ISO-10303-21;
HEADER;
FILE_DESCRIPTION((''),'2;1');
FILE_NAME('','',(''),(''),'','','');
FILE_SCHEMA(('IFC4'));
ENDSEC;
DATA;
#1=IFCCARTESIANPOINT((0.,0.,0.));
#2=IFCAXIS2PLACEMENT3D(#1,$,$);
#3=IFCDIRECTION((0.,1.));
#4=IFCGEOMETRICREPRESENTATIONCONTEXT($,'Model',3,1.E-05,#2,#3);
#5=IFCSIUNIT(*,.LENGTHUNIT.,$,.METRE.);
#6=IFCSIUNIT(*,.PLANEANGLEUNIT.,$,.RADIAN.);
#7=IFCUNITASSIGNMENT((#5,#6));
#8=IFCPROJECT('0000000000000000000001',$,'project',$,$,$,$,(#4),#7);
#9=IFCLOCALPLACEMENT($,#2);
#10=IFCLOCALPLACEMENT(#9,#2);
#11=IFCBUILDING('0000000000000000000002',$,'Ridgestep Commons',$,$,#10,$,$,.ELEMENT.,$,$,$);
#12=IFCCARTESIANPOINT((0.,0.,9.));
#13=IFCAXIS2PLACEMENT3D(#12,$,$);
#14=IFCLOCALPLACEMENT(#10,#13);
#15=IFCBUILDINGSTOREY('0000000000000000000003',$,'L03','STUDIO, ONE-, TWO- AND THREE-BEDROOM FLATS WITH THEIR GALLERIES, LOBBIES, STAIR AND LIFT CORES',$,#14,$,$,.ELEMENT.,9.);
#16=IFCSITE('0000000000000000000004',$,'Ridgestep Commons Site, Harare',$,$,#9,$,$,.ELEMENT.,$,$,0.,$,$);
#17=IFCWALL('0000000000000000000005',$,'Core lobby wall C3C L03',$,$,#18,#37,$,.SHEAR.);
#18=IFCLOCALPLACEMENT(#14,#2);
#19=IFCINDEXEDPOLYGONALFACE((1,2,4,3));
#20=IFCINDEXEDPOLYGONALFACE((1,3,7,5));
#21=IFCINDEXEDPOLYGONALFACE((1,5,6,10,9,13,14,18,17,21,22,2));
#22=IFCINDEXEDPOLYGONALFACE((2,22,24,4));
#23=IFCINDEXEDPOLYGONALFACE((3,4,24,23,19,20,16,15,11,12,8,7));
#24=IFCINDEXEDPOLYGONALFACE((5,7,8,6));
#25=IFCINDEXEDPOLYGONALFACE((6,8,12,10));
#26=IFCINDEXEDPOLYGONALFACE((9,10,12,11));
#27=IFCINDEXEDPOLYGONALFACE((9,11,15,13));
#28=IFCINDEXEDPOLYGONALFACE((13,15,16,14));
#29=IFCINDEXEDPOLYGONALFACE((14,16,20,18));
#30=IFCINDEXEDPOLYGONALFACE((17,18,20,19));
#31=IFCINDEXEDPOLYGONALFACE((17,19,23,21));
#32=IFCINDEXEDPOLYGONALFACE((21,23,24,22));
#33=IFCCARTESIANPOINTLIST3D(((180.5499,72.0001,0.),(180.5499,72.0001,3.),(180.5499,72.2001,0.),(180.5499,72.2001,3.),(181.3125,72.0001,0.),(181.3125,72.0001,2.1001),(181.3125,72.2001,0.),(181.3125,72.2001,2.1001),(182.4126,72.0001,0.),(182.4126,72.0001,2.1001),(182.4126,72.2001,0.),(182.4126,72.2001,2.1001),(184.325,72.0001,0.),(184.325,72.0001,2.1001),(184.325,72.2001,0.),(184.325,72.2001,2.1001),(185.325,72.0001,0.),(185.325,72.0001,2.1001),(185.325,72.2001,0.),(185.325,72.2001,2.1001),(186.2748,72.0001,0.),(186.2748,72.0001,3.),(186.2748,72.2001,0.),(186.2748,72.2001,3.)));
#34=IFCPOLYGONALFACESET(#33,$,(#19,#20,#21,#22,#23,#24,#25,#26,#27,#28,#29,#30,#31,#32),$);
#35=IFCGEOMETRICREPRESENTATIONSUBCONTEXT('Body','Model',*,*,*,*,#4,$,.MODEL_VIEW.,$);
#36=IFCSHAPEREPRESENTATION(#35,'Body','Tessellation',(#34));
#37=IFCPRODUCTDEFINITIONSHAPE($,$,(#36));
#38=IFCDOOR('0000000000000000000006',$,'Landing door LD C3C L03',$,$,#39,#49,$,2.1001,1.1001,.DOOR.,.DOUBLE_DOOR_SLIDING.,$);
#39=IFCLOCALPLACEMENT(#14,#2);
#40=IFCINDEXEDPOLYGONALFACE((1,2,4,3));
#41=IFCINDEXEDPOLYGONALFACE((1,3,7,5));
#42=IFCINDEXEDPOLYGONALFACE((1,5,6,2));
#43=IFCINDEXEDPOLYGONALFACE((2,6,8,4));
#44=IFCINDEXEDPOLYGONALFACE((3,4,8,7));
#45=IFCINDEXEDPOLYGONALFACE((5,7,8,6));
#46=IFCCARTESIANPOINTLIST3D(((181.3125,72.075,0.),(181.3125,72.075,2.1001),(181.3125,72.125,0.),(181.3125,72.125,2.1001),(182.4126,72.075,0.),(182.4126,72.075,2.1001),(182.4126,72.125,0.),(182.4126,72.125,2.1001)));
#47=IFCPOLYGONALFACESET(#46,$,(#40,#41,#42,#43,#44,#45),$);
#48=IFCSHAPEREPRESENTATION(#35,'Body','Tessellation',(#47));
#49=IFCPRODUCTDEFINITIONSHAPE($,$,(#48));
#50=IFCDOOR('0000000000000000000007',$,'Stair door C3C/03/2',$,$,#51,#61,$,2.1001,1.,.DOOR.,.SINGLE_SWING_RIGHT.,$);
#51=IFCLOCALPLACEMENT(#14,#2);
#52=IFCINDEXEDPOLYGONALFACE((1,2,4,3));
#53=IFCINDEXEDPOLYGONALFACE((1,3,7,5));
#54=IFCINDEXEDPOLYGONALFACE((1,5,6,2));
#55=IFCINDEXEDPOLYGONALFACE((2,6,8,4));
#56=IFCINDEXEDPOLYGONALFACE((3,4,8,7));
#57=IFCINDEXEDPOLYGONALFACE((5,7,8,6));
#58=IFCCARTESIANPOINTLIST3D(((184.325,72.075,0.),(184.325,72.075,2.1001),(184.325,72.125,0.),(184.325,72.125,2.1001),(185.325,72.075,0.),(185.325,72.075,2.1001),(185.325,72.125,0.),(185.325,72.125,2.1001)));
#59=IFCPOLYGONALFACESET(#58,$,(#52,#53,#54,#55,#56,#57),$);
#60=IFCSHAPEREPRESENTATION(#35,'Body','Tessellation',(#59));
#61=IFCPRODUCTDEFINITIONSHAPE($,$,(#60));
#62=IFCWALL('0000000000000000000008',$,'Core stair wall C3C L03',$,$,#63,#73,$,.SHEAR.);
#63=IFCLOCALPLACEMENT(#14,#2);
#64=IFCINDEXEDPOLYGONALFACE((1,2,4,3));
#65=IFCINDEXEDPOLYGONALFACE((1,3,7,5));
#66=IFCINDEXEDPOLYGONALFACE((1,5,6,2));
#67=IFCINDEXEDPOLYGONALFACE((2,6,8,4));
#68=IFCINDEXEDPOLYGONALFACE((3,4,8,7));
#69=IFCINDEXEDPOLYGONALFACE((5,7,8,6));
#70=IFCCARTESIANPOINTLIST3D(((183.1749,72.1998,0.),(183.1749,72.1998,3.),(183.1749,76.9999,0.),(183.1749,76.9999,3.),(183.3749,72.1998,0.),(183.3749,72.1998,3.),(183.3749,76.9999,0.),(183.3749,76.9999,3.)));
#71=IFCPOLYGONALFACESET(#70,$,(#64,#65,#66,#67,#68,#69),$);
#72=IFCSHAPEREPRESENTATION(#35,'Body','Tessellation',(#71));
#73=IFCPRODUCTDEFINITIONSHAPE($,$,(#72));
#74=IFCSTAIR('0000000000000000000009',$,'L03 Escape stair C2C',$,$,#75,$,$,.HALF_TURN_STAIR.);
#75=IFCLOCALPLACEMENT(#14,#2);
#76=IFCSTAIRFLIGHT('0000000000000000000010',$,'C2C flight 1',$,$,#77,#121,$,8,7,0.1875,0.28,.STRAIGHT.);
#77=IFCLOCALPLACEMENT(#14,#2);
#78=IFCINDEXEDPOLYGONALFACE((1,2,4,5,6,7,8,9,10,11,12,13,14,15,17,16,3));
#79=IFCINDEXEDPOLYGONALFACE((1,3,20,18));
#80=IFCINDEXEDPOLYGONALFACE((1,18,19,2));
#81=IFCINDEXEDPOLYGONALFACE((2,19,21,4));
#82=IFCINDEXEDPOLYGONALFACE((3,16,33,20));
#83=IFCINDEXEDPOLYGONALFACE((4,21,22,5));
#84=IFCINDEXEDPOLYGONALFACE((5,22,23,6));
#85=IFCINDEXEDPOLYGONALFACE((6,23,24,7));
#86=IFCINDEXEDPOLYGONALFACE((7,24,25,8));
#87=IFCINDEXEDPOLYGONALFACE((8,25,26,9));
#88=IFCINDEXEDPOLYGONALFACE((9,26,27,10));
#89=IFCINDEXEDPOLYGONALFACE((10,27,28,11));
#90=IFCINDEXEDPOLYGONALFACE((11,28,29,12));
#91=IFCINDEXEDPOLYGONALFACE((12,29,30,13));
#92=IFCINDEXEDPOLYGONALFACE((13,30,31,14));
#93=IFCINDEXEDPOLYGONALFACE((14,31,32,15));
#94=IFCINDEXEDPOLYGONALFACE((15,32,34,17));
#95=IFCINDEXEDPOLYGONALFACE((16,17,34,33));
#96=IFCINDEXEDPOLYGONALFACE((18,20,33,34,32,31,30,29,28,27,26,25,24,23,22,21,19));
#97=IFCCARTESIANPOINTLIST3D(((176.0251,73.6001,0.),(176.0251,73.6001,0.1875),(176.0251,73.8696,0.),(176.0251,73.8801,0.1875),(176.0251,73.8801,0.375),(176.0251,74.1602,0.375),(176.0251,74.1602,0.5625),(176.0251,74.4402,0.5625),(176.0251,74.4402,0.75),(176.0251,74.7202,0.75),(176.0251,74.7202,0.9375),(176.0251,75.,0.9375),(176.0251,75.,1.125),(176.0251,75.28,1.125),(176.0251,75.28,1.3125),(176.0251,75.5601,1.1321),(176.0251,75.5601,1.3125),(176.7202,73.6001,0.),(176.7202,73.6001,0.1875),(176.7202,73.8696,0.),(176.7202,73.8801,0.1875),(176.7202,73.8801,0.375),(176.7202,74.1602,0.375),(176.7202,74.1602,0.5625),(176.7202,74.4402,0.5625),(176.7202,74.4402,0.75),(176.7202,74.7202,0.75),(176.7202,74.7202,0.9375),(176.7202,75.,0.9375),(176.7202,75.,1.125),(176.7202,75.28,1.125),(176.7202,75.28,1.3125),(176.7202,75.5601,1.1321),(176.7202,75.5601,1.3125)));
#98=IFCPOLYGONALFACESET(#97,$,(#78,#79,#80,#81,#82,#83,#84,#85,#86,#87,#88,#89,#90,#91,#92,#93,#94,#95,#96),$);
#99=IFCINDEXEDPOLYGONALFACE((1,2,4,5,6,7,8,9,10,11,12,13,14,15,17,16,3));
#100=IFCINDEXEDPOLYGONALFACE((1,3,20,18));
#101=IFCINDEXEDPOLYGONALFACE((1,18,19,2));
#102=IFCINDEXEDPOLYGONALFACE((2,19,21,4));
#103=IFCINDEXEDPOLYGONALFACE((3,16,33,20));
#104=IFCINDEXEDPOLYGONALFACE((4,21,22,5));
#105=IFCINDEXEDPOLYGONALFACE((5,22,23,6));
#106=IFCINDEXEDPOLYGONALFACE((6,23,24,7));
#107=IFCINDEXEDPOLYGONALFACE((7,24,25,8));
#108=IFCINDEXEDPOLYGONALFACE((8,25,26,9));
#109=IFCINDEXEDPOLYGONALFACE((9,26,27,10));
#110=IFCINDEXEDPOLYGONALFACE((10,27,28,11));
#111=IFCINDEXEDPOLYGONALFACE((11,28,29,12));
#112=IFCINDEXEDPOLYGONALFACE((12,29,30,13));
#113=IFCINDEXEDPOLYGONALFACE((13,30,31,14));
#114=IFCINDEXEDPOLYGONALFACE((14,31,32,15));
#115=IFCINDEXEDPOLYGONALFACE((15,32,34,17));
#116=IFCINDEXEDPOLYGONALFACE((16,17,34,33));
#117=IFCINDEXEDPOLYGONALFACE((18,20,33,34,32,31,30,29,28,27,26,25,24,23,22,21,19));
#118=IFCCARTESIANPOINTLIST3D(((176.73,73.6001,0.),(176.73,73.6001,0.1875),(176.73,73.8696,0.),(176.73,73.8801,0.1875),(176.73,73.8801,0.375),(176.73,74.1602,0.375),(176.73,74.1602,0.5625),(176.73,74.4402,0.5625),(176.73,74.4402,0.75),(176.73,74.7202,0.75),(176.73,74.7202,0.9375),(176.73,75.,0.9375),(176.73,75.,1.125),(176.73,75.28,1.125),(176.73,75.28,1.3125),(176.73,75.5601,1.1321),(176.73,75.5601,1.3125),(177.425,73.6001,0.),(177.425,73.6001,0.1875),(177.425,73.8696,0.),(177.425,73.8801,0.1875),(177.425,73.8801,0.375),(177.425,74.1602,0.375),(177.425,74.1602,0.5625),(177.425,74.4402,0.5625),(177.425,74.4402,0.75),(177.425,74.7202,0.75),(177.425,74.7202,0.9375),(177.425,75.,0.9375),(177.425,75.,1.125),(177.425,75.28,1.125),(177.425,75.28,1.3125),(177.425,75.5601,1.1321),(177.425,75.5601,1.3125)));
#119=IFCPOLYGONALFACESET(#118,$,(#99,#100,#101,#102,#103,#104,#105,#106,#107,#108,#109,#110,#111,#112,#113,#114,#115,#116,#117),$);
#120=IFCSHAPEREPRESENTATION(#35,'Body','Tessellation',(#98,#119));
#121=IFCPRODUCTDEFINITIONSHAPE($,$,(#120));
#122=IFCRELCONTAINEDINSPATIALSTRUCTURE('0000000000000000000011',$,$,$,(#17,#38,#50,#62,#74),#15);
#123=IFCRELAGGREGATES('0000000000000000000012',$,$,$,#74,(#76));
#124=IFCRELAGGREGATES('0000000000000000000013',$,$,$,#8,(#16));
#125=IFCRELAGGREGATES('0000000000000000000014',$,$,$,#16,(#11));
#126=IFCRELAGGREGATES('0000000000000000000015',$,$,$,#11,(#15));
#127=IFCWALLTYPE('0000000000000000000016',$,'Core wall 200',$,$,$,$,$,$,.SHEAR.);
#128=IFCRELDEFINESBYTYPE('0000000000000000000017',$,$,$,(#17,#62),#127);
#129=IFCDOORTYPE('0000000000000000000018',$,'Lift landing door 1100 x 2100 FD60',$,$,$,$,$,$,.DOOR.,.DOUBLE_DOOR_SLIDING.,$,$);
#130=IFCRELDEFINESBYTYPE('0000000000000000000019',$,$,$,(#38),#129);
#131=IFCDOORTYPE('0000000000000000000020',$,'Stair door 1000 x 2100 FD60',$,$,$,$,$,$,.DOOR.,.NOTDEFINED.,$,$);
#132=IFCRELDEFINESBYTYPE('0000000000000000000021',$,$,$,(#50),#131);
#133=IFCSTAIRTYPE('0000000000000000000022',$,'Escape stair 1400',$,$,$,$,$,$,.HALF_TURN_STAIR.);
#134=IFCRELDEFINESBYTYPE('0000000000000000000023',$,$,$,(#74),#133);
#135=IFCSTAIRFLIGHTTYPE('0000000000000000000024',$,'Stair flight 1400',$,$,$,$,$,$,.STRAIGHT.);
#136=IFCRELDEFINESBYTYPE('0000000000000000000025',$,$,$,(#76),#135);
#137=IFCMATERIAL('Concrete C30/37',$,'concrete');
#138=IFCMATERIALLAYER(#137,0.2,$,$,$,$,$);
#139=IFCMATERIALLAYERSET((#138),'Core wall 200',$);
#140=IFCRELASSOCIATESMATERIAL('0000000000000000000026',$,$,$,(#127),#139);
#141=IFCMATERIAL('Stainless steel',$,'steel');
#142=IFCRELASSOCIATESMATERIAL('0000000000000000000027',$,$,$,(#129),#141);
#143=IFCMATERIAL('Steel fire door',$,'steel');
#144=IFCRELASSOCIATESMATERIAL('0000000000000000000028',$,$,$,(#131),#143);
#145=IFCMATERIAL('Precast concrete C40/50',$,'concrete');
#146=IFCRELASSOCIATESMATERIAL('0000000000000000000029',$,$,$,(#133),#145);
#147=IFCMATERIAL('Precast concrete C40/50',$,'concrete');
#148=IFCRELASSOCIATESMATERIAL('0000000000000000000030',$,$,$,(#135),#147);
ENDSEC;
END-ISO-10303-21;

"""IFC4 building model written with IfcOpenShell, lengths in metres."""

from ifc_helpers import new_model, si_unit, direction, frame, frame_2d, origin, place, context, subcontext, project, spatial, polyline, rectangle, outline, extrude, material, layer, layer_set, type_object, element, fill, aggregate, save


model = new_model("IFC4")

# Units and contexts
model_context = context("Model", 3, precision=1e-05, world=origin(), true_north=direction((0.0, 1.0)))
body_context = subcontext(model_context, "Body", "Model", "MODEL_VIEW")
ifc_project = project(units=[si_unit("LENGTHUNIT", "METRE"), si_unit("PLANEANGLEUNIT", "RADIAN")], contexts=[model_context])

# Site, building, storey
site_placement = place(None, origin())
site = spatial("IfcSite", under=ifc_project, at=site_placement, Name="Ridgestep Commons Site, Harare", CompositionType="ELEMENT", RefElevation=0.0)
building_placement = place(site_placement, origin())
building = spatial("IfcBuilding", under=site, at=building_placement, Name="Ridgestep Commons", CompositionType="ELEMENT")
storey_placement = place(building_placement, frame((0.0, 0.0, 9.0)))
storey = spatial("IfcBuildingStorey", under=building, at=storey_placement, Name="L03", Description="STUDIO, ONE-, TWO- AND THREE-BEDROOM FLATS WITH THEIR GALLERIES, LOBBIES, STAIR AND LIFT CORES", CompositionType="ELEMENT", Elevation=9.0)

# Shared definitions
ifc_material_1 = material(Name="Concrete C30/37", Category="concrete")
ifc_layer_1 = layer(ifc_material_1, 0.2)
ifc_layer_set_1 = layer_set([ifc_layer_1], Name="Core wall 200")
wall_type_1 = type_object("IfcWallType", Name="Core wall 200", PredefinedType="SHEAR", material=ifc_layer_set_1)

# Wall, openings, doors
wall_1_placement = place(storey_placement, frame((180.55, 72.1001, 0.0), z_axis=(0.0, 0.0, 1.0), x_axis=(1.0, 0.0, 0.0)))
wall_1 = element("IfcWall", 1, at=wall_1_placement, inside=storey, type_object=wall_type_1, Name="Core lobby wall C3C L03", PredefinedType="SHEAR", context=body_context, shape_type="SweptSolid", body=[
    extrude(rectangle(XDim=5.7249, YDim=0.2, at=frame_2d((2.8623, 0.0))), origin(), (0.0, 0.0, 1.0), 3.0),
])
opening_1_placement = place(wall_1_placement, frame((3.7749, 0.0, 0.0)))
opening_1 = element("IfcOpeningElement", 2, at=opening_1_placement, cuts=wall_1, PredefinedType="OPENING", context=body_context, shape_type="SweptSolid", body=[
    extrude(rectangle(XDim=1.0, YDim=2.1001, at=frame_2d((0.5, 1.05))), frame((0.0, 0.1099, 0.0), z_axis=(0.0, -1.0, 0.0), x_axis=(1.0, 0.0, 0.0)), (0.0, 0.0, 1.0), 0.22),
])
opening_2_placement = place(wall_1_placement, frame((0.7625, 0.0, 0.0)))
opening_2 = element("IfcOpeningElement", 3, at=opening_2_placement, cuts=wall_1, PredefinedType="OPENING", context=body_context, shape_type="SweptSolid", body=[
    extrude(rectangle(XDim=1.1001, YDim=2.1001, at=frame_2d((0.55, 1.05))), frame((0.0, 0.1099, 0.0), z_axis=(0.0, -1.0, 0.0), x_axis=(1.0, 0.0, 0.0)), (0.0, 0.0, 1.0), 0.22),
])
ifc_material_2 = material(Name="Stainless steel", Category="steel")
door_type_1 = type_object("IfcDoorType", Name="Lift landing door 1100 x 2100 FD60", OperationType="DOUBLE_DOOR_SLIDING", PredefinedType="DOOR", material=ifc_material_2)
door_1_placement = place(opening_2_placement, origin())
door_1 = element("IfcDoor", 4, at=door_1_placement, inside=storey, type_object=door_type_1, Name="Landing door LD C3C L03", OperationType="DOUBLE_DOOR_SLIDING", OverallHeight=2.1001, OverallWidth=1.1001, PredefinedType="DOOR", context=body_context, shape_type="SweptSolid", body=[
    extrude(rectangle(XDim=1.1001, YDim=2.1001, at=frame_2d((0.55, 1.05))), frame((0.0, 0.0249, 0.0), z_axis=(0.0, -1.0, 0.0), x_axis=(1.0, 0.0, 0.0)), (0.0, 0.0, 1.0), 0.05),
])
fill(opening_2, door_1)
ifc_material_3 = material(Name="Steel fire door", Category="steel")
door_type_2 = type_object("IfcDoorType", Name="Stair door 1000 x 2100 FD60", OperationType="NOTDEFINED", PredefinedType="DOOR", material=ifc_material_3)
door_2_placement = place(opening_1_placement, origin())
door_2 = element("IfcDoor", 5, at=door_2_placement, inside=storey, type_object=door_type_2, Name="Stair door C3C/03/2", OperationType="SINGLE_SWING_RIGHT", OverallHeight=2.1001, OverallWidth=1.0, PredefinedType="DOOR", context=body_context, shape_type="SweptSolid", body=[
    extrude(rectangle(XDim=1.0, YDim=2.1001, at=frame_2d((0.5, 1.05))), frame((0.0, 0.0249, 0.0), z_axis=(0.0, -1.0, 0.0), x_axis=(1.0, 0.0, 0.0)), (0.0, 0.0, 1.0), 0.05),
])
fill(opening_1, door_2)

# Wall
wall_2_placement = place(storey_placement, frame((183.2749, 72.2, 0.0), z_axis=(0.0, 0.0, 1.0), x_axis=(0.0, 1.0, 0.0)))
element("IfcWall", 6, at=wall_2_placement, inside=storey, type_object=wall_type_1, Name="Core stair wall C3C L03", PredefinedType="SHEAR", context=body_context, shape_type="SweptSolid", body=[
    extrude(rectangle(XDim=4.8, YDim=0.2, at=frame_2d((2.3999, 0.0))), origin(), (0.0, 0.0, 1.0), 3.0),
])

# Stair, stair flight
ifc_material_4 = material(Name="Precast concrete C40/50", Category="concrete")
stair_type = type_object("IfcStairType", Name="Escape stair 1400", PredefinedType="HALF_TURN_STAIR", material=ifc_material_4)
stair_placement = place(storey_placement, origin())
stair = element("IfcStair", 7, at=stair_placement, inside=storey, type_object=stair_type, Name="L03 Escape stair C2C", PredefinedType="HALF_TURN_STAIR")
ifc_material_5 = material(Name="Precast concrete C40/50", Category="concrete")
stair_flight_type = type_object("IfcStairFlightType", Name="Stair flight 1400", PredefinedType="STRAIGHT", material=ifc_material_5)
stair_flight_placement = place(storey_placement, frame((176.7251, 73.6001, 0.0), z_axis=(0.0, 0.0, 1.0), x_axis=(0.0, 1.0, 0.0)))
stair_flight = element("IfcStairFlight", 8, at=stair_flight_placement, type_object=stair_flight_type, Name="C2C flight 1", NumberOfRisers=8, NumberOfTreads=7, PredefinedType="STRAIGHT", RiserHeight=0.1875, TreadLength=0.28, context=body_context, shape_type="SweptSolid", body=[
    extrude(outline(polyline([(0.0, 0.0), (0.0, 0.1875), (0.28, 0.1875), (0.28, 0.375), (0.5601, 0.375), (0.5601, 0.5625), (0.8401, 0.5625), (0.8401, 0.75), (1.1201, 0.75), (1.1201, 0.9375), (1.3999, 0.9375), (1.3999, 1.125), (1.6799, 1.125), (1.6799, 1.3125), (1.96, 1.3125), (1.96, 1.5), (1.96, 1.1321), (0.2695, 0.0), (0.0, 0.0)])), frame((0.0, 0.7, 0.0), z_axis=(0.0, -1.0, 0.0), x_axis=(1.0, 0.0, 0.0)), (0.0, 0.0, 1.0), 0.6951),
    extrude(outline(polyline([(0.0, 0.0), (0.0, 0.1875), (0.28, 0.1875), (0.28, 0.375), (0.5601, 0.375), (0.5601, 0.5625), (0.8401, 0.5625), (0.8401, 0.75), (1.1201, 0.75), (1.1201, 0.9375), (1.3999, 0.9375), (1.3999, 1.125), (1.6799, 1.125), (1.6799, 1.3125), (1.96, 1.3125), (1.96, 1.5), (1.96, 1.1321), (0.2695, 0.0), (0.0, 0.0)])), frame((0.0, -0.0049, 0.0), z_axis=(0.0, -1.0, 0.0), x_axis=(1.0, 0.0, 0.0)), (0.0, 0.0, 1.0), 0.6951),
])
aggregate(stair, [stair_flight])

save(model, "model.ifc")
